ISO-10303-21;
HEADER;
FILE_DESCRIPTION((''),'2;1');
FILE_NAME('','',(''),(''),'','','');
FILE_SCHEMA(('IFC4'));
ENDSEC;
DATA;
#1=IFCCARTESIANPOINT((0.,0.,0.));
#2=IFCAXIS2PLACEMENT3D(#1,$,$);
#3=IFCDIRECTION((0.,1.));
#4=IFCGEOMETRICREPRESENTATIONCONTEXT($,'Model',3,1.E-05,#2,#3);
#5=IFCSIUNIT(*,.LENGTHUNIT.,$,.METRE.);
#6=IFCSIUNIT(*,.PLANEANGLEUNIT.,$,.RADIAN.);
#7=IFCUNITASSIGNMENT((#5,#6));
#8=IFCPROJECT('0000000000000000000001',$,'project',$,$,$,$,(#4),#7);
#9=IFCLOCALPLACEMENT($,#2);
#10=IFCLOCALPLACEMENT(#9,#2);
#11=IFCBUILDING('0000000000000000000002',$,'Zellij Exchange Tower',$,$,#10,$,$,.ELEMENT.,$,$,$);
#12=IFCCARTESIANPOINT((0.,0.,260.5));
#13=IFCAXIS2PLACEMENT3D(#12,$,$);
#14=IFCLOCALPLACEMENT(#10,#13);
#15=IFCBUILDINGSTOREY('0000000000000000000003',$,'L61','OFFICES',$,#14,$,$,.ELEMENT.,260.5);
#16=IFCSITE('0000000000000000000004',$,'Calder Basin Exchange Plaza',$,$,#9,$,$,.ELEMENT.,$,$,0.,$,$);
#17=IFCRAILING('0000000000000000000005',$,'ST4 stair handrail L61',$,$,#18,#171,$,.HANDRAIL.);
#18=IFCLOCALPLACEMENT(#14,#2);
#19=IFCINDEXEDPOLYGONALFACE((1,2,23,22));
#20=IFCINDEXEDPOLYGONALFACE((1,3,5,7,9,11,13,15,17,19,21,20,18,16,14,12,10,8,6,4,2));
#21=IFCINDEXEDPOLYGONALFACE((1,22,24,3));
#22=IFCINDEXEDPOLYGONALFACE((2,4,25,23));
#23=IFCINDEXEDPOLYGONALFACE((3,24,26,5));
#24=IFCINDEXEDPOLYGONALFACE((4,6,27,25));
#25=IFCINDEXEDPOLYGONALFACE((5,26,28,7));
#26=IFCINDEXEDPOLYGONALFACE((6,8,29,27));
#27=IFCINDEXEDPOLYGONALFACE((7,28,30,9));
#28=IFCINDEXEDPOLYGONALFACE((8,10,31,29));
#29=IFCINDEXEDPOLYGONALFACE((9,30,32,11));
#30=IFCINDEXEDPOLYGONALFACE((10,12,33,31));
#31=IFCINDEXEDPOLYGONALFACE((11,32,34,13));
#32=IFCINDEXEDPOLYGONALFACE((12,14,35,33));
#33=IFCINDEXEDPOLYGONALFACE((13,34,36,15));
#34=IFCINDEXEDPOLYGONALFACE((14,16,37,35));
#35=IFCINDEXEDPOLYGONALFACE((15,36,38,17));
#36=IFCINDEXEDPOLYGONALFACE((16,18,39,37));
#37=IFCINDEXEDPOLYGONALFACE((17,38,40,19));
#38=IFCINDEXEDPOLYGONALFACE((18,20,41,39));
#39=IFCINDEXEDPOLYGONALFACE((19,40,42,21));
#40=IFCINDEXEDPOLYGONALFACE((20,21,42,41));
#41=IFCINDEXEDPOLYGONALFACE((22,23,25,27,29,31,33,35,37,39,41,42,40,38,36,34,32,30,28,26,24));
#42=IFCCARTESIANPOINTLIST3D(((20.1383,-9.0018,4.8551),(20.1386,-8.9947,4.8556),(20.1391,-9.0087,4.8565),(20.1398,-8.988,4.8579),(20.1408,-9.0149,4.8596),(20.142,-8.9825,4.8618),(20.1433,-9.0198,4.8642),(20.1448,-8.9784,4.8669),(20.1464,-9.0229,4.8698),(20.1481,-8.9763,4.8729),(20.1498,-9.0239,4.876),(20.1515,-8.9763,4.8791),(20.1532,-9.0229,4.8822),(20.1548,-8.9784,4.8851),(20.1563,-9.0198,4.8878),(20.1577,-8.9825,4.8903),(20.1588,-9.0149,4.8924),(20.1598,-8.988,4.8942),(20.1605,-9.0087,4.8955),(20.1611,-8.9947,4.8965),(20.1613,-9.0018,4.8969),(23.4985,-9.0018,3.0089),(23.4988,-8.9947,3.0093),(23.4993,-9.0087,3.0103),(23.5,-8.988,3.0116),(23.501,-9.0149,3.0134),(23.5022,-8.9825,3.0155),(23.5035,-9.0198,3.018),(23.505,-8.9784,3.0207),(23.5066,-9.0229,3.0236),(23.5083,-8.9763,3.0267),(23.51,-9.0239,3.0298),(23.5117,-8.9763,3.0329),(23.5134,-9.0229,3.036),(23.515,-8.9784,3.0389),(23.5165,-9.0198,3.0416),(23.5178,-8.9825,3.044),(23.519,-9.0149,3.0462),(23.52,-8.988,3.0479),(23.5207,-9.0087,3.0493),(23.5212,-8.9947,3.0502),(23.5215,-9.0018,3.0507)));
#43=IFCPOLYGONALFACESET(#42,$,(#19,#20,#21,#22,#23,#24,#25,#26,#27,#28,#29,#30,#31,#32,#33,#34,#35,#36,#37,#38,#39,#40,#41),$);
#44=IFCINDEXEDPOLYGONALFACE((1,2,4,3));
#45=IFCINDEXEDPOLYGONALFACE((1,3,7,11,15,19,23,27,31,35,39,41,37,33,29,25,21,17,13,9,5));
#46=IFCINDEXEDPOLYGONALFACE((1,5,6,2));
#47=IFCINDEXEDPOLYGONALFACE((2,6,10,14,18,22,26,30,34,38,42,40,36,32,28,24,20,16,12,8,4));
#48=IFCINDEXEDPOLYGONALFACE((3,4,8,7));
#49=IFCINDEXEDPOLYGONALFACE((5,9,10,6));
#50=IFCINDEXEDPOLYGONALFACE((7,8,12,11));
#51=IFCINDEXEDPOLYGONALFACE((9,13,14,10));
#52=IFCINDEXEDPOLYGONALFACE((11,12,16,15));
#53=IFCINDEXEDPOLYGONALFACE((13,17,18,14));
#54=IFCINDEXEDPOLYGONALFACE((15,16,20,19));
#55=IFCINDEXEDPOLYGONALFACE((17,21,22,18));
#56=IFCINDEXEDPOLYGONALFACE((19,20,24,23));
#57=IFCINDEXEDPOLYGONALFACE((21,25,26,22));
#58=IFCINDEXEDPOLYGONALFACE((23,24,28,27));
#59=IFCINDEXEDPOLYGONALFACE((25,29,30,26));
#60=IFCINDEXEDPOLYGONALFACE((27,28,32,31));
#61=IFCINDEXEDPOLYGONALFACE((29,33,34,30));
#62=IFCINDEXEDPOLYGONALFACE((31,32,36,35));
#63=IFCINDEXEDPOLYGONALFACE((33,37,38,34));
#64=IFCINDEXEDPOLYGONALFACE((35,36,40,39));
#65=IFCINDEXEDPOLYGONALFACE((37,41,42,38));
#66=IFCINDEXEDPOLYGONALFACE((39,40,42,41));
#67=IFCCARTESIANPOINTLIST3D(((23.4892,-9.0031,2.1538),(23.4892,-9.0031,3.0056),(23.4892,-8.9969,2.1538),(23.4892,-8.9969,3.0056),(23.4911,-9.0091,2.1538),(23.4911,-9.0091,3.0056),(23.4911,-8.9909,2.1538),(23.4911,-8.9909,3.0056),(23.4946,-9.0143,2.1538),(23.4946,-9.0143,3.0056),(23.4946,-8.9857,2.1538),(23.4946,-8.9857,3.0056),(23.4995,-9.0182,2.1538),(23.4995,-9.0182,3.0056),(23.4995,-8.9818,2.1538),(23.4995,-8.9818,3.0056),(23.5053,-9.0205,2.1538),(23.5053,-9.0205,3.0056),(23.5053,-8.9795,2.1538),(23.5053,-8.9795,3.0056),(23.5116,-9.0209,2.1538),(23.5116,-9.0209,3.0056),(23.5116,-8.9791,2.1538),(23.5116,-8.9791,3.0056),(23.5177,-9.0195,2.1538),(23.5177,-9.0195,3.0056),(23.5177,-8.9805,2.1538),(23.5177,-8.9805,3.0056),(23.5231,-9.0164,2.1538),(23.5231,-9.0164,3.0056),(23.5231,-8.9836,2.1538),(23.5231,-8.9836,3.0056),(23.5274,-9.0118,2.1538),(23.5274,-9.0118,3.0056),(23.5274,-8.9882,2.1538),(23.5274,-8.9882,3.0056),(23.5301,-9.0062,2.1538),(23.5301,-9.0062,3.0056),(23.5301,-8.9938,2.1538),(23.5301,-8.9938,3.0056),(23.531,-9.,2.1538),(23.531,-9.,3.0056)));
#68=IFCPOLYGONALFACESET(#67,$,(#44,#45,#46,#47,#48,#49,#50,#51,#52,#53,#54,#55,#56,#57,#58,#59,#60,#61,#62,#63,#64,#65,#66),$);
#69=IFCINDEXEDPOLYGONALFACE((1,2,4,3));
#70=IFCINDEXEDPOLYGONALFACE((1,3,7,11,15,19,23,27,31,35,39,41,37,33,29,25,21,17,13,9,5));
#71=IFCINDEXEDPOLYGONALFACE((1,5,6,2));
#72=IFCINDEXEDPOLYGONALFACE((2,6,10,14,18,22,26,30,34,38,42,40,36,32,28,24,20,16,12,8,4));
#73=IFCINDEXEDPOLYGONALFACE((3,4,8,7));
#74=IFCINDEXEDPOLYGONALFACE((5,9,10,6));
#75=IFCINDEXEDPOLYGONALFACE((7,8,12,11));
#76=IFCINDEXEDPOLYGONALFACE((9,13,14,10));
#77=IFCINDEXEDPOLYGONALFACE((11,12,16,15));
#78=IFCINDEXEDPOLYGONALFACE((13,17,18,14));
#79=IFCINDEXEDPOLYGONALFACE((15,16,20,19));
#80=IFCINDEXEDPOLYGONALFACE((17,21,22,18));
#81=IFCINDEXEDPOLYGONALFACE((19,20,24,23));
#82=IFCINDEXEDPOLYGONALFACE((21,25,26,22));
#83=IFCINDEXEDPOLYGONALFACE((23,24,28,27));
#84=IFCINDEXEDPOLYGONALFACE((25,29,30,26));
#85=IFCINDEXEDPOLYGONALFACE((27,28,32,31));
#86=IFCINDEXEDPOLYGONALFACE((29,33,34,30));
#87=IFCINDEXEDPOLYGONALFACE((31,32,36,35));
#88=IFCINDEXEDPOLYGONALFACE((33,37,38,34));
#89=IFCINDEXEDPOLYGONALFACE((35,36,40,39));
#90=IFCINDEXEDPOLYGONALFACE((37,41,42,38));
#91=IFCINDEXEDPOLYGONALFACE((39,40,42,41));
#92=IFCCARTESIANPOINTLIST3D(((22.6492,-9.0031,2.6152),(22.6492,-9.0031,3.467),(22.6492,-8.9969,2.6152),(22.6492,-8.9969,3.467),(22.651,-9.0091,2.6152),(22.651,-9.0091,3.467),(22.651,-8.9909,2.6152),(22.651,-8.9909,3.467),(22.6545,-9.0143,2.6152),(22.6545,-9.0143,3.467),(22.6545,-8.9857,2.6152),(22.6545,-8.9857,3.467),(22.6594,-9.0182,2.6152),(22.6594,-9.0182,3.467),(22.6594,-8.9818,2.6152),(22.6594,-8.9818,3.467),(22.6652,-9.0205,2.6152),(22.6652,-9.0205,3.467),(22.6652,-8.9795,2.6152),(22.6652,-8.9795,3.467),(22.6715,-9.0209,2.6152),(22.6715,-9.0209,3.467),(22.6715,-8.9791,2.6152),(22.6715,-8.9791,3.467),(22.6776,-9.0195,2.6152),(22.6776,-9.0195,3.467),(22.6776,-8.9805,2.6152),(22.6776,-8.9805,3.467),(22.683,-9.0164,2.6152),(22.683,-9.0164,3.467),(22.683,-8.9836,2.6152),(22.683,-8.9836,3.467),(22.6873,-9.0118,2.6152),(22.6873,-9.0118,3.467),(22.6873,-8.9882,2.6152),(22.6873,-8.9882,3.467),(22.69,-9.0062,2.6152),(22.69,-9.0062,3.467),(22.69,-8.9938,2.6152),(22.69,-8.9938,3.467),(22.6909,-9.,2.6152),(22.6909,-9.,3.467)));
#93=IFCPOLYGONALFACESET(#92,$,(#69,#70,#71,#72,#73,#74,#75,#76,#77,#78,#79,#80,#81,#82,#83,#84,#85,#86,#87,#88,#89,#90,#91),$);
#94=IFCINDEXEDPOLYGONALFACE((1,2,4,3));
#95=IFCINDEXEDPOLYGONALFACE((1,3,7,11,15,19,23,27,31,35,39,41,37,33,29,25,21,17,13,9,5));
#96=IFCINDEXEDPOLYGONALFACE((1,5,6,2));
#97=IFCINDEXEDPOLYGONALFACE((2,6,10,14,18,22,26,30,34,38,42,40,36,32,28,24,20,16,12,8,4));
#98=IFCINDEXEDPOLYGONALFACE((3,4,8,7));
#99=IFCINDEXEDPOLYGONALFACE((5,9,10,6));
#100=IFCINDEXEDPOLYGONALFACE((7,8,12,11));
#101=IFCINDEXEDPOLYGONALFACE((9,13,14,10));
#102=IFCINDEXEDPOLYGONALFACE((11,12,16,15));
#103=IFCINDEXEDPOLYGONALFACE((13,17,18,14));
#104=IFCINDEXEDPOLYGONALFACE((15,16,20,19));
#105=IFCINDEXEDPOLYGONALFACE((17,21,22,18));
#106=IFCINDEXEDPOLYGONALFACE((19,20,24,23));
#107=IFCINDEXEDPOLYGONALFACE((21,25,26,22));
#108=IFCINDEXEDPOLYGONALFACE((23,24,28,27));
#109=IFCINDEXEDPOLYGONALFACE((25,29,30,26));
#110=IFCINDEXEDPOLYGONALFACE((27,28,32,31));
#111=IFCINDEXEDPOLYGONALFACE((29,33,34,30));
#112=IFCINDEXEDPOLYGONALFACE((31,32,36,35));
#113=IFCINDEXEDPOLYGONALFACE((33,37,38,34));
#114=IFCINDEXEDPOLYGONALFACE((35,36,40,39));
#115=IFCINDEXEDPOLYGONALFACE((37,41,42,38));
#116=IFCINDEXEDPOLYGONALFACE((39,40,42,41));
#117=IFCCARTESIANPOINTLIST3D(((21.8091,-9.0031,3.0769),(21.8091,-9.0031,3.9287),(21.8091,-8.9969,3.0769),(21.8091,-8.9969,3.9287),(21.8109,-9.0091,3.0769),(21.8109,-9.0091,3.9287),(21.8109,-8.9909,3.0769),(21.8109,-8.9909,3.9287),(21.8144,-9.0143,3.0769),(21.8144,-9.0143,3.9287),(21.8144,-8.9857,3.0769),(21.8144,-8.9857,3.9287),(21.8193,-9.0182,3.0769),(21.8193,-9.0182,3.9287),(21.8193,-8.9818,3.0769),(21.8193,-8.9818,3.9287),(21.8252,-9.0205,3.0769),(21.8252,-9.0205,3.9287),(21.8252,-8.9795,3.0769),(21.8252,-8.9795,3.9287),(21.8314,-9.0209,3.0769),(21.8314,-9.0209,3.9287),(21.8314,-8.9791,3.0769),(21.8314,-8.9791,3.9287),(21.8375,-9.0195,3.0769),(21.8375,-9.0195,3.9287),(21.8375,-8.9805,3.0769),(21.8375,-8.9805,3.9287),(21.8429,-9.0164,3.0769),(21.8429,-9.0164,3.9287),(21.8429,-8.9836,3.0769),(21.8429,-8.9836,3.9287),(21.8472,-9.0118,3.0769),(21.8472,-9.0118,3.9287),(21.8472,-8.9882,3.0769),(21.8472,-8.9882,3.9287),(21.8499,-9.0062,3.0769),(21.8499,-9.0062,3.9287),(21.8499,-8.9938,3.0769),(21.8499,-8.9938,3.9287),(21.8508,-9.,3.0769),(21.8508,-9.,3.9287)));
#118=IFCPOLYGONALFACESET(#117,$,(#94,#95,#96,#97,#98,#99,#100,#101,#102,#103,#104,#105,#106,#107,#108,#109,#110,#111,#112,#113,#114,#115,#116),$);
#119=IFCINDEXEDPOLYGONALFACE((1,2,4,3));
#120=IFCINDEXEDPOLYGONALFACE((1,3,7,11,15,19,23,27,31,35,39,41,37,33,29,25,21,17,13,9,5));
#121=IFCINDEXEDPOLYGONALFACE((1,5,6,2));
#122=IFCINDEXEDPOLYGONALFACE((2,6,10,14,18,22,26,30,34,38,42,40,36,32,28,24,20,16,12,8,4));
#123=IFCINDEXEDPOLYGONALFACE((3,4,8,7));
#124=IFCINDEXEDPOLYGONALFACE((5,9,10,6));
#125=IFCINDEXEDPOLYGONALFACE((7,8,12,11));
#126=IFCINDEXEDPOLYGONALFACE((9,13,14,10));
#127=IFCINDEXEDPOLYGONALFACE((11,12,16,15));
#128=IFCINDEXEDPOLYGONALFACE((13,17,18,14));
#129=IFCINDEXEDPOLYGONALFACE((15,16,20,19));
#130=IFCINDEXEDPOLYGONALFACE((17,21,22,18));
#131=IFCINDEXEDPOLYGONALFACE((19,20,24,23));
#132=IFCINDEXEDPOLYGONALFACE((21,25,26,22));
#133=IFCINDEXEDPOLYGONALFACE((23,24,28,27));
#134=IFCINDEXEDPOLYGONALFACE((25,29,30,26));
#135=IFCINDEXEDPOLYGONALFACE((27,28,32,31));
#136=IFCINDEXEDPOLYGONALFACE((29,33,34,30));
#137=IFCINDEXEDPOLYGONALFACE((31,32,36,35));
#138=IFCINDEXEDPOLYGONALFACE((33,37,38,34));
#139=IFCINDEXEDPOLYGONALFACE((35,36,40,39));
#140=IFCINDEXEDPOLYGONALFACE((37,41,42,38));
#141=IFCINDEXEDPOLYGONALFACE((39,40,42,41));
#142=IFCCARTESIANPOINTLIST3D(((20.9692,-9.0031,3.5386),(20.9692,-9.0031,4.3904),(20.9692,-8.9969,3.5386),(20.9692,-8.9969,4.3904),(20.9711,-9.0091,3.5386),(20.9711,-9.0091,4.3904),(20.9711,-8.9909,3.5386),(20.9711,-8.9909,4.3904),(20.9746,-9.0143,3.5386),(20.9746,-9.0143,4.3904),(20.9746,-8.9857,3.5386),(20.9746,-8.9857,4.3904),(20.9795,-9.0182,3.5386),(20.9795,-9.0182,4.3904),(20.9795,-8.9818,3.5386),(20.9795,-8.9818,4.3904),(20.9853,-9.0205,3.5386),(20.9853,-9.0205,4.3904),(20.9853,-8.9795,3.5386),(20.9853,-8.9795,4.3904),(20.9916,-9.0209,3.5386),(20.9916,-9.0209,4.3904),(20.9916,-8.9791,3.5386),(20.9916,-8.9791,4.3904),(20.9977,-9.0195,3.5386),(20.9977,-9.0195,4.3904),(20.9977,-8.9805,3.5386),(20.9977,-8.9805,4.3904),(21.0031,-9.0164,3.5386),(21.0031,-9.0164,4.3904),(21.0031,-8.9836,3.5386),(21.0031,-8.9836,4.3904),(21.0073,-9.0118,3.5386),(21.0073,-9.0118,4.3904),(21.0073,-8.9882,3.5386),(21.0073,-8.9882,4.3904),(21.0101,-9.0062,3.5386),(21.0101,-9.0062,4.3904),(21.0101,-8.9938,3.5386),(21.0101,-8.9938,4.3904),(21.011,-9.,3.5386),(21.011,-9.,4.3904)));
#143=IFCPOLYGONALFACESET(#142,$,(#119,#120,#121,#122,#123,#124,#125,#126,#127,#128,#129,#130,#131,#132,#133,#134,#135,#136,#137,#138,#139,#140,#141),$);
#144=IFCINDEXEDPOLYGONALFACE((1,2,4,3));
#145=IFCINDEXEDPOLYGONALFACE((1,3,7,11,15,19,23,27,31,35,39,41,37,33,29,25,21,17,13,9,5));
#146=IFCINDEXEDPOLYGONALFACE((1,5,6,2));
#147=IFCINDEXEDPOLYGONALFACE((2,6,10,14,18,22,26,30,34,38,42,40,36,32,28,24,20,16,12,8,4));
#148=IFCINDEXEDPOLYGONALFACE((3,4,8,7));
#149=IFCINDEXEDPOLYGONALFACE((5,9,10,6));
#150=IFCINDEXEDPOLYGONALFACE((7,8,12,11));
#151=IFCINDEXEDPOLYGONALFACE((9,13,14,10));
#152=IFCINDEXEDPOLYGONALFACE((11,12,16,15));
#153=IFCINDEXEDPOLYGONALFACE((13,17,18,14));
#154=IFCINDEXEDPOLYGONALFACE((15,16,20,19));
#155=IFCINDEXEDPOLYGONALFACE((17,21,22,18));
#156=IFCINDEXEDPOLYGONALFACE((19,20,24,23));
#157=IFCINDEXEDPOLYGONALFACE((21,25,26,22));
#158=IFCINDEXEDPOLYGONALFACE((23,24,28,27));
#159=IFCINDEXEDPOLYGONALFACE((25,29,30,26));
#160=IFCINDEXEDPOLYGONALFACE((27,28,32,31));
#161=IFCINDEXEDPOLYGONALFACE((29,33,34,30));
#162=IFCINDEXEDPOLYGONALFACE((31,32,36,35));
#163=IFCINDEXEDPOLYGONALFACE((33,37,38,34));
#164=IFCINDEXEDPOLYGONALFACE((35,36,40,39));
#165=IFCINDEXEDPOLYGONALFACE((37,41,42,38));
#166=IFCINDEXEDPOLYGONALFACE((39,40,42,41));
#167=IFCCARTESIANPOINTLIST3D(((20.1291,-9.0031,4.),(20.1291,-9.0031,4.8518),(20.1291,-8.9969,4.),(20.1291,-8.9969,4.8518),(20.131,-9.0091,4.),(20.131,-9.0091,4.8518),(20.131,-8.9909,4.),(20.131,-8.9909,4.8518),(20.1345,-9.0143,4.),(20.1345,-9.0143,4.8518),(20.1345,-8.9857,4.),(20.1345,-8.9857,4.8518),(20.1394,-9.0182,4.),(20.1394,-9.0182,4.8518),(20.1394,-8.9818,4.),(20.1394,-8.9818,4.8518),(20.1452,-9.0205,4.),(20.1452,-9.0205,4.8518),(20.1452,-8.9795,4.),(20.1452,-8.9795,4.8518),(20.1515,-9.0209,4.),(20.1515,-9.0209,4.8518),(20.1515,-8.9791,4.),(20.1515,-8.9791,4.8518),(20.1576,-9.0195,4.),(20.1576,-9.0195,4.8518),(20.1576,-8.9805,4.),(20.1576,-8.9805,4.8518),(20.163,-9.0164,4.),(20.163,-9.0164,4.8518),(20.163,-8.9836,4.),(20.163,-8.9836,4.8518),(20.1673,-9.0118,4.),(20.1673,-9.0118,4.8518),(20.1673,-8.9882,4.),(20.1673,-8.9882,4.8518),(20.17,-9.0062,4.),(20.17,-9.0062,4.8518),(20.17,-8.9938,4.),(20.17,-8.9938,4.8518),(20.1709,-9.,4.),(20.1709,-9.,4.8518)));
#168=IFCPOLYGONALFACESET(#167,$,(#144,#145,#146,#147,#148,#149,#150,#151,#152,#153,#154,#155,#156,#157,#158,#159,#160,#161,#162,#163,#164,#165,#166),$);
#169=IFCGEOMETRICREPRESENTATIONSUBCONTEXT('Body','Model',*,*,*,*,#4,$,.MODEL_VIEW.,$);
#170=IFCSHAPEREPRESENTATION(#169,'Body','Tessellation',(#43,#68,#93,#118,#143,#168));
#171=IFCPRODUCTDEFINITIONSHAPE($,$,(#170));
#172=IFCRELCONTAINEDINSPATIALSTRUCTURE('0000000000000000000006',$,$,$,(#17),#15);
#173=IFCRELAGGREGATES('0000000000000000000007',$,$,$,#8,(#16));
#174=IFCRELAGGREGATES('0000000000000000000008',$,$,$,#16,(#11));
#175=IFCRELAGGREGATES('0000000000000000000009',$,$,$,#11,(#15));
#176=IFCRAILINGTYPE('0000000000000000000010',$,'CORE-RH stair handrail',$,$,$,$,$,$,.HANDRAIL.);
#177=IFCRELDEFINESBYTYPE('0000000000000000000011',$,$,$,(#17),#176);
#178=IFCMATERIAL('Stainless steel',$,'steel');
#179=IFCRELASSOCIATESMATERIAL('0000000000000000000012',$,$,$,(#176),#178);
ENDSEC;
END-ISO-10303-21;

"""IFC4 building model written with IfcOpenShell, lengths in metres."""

from ifc_helpers import new_model, si_unit, direction, frame, origin, origin_2d, place, context, subcontext, project, spatial, circle, extrude, material, type_object, element, save


model = new_model("IFC4")

# Units and contexts
model_context = context("Model", 3, precision=1e-05, world=origin(), true_north=direction((0.0, 1.0)))
body_context = subcontext(model_context, "Body", "Model", "MODEL_VIEW")
ifc_project = project(units=[si_unit("LENGTHUNIT", "METRE"), si_unit("PLANEANGLEUNIT", "RADIAN")], contexts=[model_context])

# Site, building, storey
site_placement = place(None, origin())
site = spatial("IfcSite", under=ifc_project, at=site_placement, Name="Calder Basin Exchange Plaza", CompositionType="ELEMENT", RefElevation=0.0)
building_placement = place(site_placement, origin())
building = spatial("IfcBuilding", under=site, at=building_placement, Name="Zellij Exchange Tower", CompositionType="ELEMENT")
storey_placement = place(building_placement, frame((0.0, 0.0, 260.5)))
storey = spatial("IfcBuildingStorey", under=building, at=storey_placement, Name="L61", Description="OFFICES", CompositionType="ELEMENT", Elevation=260.5)

# Railing
ifc_material_1 = material(Name="Stainless steel", Category="steel")
railing_type_1 = type_object("IfcRailingType", Name="CORE-RH stair handrail", PredefinedType="HANDRAIL", material=ifc_material_1)
railing_1_placement = place(storey_placement, frame((23.51, -9.0, 2.1538)))
element("IfcRailing", 1, at=railing_1_placement, inside=storey, type_object=railing_type_1, Name="ST4 stair handrail L61", PredefinedType="HANDRAIL", context=body_context, shape_type="SweptSolid", body=[
    extrude(circle(Radius=0.0239, at=origin_2d()), frame((0.0, 0.0, 0.876), z_axis=(-0.876422, 0.0, 0.481545), x_axis=(0.0, -1.0, 0.0)), (0.0, 0.0, 1.0), 3.834),
    extrude(circle(Radius=0.021, at=origin_2d()), origin(), (0.0, 0.0, 1.0), 0.8518),
    extrude(circle(Radius=0.021, at=origin_2d()), frame((-0.8401, 0.0, 0.4614)), (0.0, 0.0, 1.0), 0.8518),
    extrude(circle(Radius=0.021, at=origin_2d()), frame((-1.6802, 0.0, 0.9231)), (0.0, 0.0, 1.0), 0.8518),
    extrude(circle(Radius=0.021, at=origin_2d()), frame((-2.52, 0.0, 1.3848)), (0.0, 0.0, 1.0), 0.8518),
    extrude(circle(Radius=0.021, at=origin_2d()), frame((-3.3601, 0.0, 1.8462)), (0.0, 0.0, 1.0), 0.8518),
])

save(model, "model.ifc")
